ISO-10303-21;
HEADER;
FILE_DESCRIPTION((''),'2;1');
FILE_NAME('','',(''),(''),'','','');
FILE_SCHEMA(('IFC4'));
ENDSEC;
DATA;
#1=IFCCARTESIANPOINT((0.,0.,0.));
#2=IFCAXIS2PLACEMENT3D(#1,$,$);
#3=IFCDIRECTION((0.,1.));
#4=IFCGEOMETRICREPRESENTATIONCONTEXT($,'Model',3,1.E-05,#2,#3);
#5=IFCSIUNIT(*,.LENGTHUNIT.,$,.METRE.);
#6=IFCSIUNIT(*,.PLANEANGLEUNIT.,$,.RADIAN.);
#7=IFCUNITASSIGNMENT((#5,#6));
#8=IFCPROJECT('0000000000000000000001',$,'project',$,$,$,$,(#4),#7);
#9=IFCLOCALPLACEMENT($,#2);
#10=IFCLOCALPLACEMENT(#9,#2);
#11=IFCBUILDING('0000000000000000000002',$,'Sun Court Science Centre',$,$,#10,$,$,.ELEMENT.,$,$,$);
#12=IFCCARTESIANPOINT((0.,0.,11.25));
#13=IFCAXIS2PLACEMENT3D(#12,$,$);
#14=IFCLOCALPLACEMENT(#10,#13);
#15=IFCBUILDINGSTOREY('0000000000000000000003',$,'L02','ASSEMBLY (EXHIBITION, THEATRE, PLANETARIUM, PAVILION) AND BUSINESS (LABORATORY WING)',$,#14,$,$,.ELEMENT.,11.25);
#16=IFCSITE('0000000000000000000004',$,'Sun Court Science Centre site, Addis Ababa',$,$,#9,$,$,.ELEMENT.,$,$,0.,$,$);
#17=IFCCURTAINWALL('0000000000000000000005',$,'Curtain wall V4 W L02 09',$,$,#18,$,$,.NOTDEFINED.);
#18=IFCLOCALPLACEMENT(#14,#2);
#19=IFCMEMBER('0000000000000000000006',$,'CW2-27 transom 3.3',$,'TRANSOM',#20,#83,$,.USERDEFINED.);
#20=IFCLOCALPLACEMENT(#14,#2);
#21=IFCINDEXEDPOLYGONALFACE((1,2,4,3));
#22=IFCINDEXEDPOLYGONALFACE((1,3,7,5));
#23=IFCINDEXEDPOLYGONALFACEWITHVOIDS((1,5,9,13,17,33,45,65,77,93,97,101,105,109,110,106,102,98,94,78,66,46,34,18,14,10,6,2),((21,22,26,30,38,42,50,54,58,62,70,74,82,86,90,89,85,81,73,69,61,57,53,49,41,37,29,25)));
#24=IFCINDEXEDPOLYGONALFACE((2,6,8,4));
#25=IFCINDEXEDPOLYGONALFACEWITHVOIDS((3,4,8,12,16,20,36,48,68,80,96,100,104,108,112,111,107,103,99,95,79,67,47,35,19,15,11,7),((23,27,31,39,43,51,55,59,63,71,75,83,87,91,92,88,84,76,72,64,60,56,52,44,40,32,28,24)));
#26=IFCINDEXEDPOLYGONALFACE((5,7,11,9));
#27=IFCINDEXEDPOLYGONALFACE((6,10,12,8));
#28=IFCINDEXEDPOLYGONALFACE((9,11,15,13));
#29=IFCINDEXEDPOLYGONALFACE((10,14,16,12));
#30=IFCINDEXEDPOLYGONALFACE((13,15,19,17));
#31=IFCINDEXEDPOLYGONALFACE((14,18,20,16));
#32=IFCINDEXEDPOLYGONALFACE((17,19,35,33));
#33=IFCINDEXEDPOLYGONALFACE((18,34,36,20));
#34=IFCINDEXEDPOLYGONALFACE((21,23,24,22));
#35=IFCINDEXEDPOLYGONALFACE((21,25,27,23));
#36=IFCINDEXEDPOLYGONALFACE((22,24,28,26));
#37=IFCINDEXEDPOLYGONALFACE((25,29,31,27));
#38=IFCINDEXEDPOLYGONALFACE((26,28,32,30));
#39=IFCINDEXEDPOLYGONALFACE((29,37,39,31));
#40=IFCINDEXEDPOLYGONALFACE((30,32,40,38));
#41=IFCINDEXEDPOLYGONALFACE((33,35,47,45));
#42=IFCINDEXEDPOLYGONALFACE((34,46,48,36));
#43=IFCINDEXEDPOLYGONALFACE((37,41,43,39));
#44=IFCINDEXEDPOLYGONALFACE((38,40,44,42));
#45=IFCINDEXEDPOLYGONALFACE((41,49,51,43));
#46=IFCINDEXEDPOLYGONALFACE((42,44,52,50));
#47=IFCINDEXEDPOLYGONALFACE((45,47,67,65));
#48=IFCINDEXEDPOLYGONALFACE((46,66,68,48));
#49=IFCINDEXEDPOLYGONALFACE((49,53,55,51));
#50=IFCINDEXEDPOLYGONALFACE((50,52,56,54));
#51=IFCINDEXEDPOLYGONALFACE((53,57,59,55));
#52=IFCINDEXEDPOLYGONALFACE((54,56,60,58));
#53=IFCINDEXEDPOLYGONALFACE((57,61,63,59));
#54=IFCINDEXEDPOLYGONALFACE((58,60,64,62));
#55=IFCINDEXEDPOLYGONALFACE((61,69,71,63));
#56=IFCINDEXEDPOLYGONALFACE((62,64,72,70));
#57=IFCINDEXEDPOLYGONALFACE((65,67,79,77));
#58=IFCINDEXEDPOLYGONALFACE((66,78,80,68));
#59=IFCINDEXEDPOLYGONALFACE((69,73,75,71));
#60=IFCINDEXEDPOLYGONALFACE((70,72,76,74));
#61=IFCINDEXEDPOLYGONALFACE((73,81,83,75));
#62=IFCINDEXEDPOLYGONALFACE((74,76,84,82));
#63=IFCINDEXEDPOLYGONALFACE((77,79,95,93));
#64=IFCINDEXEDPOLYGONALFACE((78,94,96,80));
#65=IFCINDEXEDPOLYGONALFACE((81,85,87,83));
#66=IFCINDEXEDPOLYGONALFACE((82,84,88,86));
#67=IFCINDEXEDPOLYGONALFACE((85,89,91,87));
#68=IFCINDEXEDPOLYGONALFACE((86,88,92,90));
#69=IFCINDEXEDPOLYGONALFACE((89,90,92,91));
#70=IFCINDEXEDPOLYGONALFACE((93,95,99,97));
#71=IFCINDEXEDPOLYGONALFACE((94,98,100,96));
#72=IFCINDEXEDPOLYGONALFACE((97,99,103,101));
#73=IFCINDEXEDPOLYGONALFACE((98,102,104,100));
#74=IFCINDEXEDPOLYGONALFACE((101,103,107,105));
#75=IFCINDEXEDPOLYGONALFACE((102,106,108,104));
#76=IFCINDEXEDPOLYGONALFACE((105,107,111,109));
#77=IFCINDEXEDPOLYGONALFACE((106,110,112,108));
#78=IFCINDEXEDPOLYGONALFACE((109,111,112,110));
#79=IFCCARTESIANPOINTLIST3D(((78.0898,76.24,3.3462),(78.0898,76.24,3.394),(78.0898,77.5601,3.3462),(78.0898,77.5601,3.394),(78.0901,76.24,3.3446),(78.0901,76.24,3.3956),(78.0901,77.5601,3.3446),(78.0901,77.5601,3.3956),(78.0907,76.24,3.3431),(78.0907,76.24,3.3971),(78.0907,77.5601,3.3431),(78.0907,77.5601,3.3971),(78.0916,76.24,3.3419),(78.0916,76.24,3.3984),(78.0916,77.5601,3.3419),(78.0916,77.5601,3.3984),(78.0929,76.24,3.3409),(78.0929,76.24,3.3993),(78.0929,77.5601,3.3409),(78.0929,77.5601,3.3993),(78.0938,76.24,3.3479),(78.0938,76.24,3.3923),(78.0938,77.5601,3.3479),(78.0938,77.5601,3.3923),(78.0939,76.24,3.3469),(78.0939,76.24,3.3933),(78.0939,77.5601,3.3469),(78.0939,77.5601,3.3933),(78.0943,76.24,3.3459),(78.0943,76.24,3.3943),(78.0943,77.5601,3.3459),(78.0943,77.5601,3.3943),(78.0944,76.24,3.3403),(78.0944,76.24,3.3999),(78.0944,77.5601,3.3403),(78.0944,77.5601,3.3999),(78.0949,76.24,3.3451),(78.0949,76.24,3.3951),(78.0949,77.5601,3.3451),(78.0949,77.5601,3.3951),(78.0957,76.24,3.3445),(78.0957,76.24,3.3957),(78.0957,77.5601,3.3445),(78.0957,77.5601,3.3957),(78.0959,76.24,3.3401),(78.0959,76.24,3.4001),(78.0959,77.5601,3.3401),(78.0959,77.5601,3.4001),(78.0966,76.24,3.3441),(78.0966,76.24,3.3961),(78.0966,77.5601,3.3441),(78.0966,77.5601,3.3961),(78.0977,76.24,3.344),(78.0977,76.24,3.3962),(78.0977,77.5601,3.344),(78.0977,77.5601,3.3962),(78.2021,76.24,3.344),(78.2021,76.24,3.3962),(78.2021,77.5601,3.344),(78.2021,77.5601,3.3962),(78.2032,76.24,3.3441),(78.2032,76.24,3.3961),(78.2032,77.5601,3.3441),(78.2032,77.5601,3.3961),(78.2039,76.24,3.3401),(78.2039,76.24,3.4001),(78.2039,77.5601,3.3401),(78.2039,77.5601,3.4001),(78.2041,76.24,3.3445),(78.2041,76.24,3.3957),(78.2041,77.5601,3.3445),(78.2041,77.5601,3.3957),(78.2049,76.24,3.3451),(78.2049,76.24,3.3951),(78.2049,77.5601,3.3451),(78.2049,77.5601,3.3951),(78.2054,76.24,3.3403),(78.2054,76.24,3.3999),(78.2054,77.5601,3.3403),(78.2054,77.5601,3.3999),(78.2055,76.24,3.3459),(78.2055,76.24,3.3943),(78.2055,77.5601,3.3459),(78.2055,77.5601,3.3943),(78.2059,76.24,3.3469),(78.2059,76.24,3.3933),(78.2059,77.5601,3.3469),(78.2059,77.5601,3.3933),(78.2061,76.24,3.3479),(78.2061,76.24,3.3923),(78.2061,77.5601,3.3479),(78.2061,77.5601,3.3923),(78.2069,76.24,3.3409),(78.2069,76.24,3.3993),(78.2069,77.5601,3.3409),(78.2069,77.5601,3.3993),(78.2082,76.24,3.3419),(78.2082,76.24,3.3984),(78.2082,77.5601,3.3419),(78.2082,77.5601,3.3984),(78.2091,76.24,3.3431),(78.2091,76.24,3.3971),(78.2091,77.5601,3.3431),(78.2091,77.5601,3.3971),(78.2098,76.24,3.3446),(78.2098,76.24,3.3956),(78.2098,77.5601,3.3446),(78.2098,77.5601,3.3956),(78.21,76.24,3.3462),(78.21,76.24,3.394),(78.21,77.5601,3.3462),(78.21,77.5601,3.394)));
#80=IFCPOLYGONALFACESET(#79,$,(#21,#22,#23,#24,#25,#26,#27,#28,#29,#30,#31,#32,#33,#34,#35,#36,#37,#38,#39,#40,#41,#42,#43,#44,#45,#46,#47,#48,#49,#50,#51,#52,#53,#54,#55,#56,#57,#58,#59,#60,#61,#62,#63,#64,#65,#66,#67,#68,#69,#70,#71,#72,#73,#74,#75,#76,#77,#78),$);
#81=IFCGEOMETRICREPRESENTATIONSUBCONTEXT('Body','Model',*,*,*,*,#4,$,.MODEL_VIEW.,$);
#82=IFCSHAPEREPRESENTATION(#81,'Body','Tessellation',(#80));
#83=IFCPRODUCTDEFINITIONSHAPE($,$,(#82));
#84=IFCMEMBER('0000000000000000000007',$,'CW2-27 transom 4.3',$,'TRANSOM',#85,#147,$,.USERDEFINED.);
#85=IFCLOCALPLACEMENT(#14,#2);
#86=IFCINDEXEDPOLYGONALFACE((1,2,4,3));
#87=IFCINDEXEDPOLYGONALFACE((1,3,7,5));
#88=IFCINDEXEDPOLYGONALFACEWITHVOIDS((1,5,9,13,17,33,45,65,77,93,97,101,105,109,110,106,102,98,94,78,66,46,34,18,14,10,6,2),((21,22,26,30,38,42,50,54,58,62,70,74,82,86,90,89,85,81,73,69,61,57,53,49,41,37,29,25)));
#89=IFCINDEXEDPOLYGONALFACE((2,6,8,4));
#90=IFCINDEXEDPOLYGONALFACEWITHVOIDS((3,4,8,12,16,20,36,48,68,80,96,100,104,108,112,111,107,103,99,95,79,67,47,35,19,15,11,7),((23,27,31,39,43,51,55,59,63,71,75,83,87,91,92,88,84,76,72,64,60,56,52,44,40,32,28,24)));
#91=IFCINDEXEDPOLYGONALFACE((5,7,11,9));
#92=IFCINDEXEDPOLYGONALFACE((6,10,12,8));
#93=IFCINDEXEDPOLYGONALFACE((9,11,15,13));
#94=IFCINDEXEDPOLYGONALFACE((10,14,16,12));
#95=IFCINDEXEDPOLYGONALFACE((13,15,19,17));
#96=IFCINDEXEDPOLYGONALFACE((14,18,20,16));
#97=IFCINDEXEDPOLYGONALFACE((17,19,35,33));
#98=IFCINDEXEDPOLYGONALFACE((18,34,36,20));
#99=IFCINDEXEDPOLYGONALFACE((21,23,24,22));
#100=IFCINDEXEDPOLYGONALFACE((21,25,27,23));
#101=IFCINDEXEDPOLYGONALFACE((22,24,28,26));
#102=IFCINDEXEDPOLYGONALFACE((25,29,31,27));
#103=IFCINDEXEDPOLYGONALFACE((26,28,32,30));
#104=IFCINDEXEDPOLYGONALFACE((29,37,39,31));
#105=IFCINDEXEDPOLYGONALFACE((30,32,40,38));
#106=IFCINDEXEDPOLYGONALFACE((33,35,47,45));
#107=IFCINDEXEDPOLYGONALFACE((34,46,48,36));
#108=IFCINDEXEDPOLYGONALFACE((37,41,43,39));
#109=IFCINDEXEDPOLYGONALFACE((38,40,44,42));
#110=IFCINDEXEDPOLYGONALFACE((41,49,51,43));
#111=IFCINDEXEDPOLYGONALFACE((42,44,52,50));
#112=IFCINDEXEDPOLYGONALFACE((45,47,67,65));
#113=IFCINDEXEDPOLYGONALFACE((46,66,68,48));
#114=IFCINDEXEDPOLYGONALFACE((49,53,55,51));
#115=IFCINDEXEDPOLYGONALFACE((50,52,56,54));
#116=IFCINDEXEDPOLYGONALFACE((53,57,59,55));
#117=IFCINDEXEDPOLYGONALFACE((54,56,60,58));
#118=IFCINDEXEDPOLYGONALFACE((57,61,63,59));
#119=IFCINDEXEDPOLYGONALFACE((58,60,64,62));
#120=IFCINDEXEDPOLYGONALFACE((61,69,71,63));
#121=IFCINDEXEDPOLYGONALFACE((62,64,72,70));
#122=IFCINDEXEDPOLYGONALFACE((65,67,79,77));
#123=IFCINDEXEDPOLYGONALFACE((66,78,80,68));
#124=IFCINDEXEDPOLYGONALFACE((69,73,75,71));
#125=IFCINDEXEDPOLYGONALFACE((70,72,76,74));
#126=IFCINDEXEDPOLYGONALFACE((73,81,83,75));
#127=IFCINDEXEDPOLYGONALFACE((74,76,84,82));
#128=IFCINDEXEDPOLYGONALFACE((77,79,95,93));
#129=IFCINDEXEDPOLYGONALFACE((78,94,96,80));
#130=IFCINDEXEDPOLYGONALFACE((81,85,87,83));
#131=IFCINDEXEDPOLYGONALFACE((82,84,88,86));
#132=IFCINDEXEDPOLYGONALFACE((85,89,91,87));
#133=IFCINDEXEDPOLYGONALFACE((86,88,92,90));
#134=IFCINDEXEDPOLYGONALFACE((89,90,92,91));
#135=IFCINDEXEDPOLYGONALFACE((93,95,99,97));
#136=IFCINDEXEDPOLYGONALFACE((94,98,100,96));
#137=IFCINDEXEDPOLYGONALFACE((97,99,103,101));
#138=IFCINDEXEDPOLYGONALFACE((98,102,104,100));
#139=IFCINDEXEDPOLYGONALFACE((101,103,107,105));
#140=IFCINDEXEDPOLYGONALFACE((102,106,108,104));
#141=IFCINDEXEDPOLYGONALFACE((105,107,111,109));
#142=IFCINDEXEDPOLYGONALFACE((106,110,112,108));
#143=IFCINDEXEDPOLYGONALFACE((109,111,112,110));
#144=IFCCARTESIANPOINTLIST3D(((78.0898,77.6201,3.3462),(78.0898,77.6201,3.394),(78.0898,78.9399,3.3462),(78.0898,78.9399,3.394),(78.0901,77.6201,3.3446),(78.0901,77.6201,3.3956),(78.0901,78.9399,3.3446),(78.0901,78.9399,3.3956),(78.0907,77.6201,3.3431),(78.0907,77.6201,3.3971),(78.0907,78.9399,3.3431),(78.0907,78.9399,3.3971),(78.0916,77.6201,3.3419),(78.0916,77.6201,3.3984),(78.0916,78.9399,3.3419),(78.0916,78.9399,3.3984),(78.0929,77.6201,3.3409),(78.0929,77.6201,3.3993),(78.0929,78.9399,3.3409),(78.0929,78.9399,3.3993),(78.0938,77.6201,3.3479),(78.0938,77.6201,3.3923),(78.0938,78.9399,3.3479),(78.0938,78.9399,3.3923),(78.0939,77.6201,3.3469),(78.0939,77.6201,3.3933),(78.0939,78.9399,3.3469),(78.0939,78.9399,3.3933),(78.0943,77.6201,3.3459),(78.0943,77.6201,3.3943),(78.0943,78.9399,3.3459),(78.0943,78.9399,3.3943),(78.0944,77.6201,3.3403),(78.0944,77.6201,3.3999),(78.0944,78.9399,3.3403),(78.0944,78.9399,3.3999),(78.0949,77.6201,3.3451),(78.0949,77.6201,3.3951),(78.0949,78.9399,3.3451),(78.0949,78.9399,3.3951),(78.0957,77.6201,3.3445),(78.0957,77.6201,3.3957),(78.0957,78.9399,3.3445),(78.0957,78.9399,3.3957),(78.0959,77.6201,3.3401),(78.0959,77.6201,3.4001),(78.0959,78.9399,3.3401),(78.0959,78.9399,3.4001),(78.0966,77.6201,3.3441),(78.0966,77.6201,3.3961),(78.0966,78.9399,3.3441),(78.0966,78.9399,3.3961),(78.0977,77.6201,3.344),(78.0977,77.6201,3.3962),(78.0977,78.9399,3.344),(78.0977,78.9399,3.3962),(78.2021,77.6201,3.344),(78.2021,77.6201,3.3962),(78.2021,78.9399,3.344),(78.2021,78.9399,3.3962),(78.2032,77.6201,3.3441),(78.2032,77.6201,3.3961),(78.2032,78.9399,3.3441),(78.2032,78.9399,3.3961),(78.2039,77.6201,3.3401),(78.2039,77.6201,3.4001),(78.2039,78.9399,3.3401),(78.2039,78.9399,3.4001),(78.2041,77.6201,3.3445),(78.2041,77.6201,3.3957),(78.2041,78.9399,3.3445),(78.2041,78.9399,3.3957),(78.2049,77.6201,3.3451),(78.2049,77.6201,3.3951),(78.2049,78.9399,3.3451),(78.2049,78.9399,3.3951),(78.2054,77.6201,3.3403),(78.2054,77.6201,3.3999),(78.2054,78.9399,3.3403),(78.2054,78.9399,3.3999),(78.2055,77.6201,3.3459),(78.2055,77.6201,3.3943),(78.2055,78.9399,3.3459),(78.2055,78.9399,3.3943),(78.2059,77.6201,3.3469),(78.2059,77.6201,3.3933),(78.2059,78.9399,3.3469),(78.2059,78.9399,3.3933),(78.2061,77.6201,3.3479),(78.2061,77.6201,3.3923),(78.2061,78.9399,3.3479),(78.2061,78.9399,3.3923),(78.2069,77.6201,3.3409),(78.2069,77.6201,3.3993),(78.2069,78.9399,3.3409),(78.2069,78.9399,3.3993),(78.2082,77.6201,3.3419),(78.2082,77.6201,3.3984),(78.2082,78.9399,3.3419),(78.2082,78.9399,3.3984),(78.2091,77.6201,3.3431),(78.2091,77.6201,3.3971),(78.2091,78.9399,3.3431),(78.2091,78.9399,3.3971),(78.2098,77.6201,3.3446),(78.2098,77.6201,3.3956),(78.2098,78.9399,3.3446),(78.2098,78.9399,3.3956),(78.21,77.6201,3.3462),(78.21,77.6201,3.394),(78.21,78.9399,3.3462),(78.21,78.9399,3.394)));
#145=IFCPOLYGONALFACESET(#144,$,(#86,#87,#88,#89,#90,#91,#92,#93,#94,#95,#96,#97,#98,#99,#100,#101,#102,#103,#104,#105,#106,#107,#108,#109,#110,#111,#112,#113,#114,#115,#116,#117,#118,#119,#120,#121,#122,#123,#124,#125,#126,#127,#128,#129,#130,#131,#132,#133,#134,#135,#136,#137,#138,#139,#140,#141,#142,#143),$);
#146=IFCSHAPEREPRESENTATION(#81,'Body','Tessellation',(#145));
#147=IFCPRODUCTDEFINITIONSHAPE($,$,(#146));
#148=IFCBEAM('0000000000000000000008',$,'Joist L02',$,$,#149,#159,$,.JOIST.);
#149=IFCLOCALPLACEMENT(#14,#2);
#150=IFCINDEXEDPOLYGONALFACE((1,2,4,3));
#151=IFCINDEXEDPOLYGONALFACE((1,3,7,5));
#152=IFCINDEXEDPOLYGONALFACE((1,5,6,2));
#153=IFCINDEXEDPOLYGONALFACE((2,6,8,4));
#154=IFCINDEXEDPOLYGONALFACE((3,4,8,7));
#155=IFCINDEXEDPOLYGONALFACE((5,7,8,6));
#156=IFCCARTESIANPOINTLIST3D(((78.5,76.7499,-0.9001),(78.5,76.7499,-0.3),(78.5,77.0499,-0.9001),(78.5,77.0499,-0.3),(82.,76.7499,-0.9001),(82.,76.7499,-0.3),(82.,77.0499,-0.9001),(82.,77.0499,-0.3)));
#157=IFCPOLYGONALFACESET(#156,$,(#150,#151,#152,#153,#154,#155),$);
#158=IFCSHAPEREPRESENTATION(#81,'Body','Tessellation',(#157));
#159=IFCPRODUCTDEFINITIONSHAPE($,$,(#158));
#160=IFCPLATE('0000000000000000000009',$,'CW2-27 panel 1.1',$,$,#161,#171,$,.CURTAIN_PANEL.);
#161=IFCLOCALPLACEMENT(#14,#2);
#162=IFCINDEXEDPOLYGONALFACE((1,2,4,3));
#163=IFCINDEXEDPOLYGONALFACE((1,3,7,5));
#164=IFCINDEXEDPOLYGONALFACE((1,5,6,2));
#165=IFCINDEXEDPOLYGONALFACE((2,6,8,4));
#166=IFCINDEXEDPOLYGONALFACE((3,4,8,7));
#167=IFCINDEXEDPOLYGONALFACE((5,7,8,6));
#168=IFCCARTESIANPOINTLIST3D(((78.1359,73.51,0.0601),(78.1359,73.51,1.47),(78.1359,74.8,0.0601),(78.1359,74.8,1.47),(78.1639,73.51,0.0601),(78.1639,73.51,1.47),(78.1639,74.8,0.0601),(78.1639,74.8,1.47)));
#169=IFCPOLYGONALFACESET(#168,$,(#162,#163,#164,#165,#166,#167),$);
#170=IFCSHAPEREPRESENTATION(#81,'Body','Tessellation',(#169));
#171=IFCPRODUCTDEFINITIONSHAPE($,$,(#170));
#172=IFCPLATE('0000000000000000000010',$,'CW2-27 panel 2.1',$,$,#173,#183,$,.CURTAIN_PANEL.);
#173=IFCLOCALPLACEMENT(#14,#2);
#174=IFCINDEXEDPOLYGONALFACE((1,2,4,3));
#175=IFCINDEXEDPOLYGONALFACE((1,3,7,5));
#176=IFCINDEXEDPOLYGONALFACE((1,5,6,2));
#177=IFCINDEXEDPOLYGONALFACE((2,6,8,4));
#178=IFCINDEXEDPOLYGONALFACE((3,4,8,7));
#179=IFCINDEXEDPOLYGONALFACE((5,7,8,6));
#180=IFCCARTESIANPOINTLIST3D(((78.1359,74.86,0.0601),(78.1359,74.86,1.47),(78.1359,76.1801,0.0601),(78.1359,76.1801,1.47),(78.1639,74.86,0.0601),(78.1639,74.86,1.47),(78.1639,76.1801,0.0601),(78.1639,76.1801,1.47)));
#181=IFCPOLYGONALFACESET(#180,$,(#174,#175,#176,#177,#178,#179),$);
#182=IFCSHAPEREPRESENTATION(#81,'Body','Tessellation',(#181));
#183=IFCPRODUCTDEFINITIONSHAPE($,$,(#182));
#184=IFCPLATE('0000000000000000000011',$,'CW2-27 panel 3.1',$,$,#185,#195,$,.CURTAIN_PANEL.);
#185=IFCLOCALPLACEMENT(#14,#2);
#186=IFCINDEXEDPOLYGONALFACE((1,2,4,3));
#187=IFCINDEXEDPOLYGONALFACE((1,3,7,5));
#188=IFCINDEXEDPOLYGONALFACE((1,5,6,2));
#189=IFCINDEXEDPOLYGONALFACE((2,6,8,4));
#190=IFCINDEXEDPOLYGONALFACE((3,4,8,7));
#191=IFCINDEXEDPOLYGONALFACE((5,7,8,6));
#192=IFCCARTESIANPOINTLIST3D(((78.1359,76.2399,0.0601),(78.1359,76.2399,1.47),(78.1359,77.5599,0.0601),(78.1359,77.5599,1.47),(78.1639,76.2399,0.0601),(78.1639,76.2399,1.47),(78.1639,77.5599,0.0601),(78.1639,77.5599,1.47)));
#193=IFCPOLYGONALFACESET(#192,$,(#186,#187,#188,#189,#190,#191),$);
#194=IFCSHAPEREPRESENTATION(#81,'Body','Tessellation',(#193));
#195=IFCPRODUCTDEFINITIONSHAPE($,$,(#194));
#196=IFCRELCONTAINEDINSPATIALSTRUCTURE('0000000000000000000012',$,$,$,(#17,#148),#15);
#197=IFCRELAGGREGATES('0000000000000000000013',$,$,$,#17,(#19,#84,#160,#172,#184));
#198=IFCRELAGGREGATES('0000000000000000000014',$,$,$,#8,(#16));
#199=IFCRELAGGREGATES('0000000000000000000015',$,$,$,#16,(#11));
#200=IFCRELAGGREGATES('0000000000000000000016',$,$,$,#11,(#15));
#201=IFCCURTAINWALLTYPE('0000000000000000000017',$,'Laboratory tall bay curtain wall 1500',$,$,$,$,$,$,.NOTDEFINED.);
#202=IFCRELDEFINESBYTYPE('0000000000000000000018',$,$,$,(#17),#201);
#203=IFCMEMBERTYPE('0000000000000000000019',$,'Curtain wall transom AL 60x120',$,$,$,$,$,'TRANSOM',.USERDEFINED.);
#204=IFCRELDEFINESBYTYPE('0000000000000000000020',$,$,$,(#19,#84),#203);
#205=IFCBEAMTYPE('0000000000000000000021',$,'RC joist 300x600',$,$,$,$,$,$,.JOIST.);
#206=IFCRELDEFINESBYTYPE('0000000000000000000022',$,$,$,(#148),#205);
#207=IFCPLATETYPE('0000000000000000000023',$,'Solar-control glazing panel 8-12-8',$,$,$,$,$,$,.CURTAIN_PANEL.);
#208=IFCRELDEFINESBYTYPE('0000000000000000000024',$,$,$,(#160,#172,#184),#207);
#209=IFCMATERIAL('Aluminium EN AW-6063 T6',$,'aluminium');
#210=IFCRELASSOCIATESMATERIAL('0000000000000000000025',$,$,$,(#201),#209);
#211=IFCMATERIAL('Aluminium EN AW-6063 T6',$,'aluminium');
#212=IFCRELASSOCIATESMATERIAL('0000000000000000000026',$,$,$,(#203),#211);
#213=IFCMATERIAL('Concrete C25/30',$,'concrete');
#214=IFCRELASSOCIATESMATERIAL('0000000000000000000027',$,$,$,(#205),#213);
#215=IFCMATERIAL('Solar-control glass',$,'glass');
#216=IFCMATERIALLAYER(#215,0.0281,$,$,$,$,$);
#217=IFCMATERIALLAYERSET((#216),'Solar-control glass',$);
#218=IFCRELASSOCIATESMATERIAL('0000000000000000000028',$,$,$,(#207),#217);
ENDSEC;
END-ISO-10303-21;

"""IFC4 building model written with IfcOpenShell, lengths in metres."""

from ifc_helpers import new_model, si_unit, direction, frame, origin, origin_2d, place, context, subcontext, project, spatial, rectangle, hollow_rectangle, extrude, material, layer, layer_set, material_profile, profile_set, type_object, element, aggregate, save


model = new_model("IFC4")

# Units and contexts
model_context = context("Model", 3, precision=1e-05, world=origin(), true_north=direction((0.0, 1.0)))
body_context = subcontext(model_context, "Body", "Model", "MODEL_VIEW")
ifc_project = project(units=[si_unit("LENGTHUNIT", "METRE"), si_unit("PLANEANGLEUNIT", "RADIAN")], contexts=[model_context])

# Site, building, storey
site_placement = place(None, origin())
site = spatial("IfcSite", under=ifc_project, at=site_placement, Name="Sun Court Science Centre site, Addis Ababa", CompositionType="ELEMENT", RefElevation=0.0)
building_placement = place(site_placement, origin())
building = spatial("IfcBuilding", under=site, at=building_placement, Name="Sun Court Science Centre", CompositionType="ELEMENT")
storey_placement = place(building_placement, frame((0.0, 0.0, 11.25)))
storey = spatial("IfcBuildingStorey", under=building, at=storey_placement, Name="L02", Description="ASSEMBLY (EXHIBITION, THEATRE, PLANETARIUM, PAVILION) AND BUSINESS (LABORATORY WING)", CompositionType="ELEMENT", Elevation=11.25)

# Curtain wall, members
ifc_material_1 = material(Name="Aluminium EN AW-6063 T6", Category="aluminium")
curtain_wall_type = type_object("IfcCurtainWallType", Name="Laboratory tall bay curtain wall 1500", PredefinedType="NOTDEFINED", material=ifc_material_1)
curtain_wall_placement = place(storey_placement, origin())
curtain_wall = element("IfcCurtainWall", 1, at=curtain_wall_placement, inside=storey, type_object=curtain_wall_type, Name="Curtain wall V4 W L02 09", PredefinedType="NOTDEFINED")
ifc_material_2 = material(Name="Aluminium EN AW-6063 T6", Category="aluminium")
ifc_material_profile_1 = material_profile(ifc_material_2, hollow_rectangle(XDim=0.0601, YDim=0.1201, WallThickness=0.0039, InnerFilletRadius=0.0039, OuterFilletRadius=0.0061, at=origin_2d()), Name="AL 60x120x4")
ifc_profile_set_1 = profile_set([ifc_material_profile_1], Name="Aluminium EN AW-6063 T6")
member_type_1 = type_object("IfcMemberType", Name="Curtain wall transom AL 60x120", ElementType="TRANSOM", PredefinedType="USERDEFINED", material=ifc_profile_set_1)
member_1_placement = place(storey_placement, frame((78.1499, 76.24, 3.3701), z_axis=(0.0, 1.0, 0.0), x_axis=(0.0, 0.0, 1.0)))
member_1 = element("IfcMember", 2, at=member_1_placement, type_object=member_type_1, Name="CW2-27 transom 3.3", ObjectType="TRANSOM", PredefinedType="USERDEFINED", context=body_context, shape_type="SweptSolid", body=[
    extrude(hollow_rectangle(XDim=0.0601, YDim=0.1201, WallThickness=0.0039, InnerFilletRadius=0.0039, OuterFilletRadius=0.0061, at=origin_2d()), origin(), (0.0, 0.0, 1.0), 1.3201),
])
member_2_placement = place(storey_placement, frame((78.1499, 77.6201, 3.3701), z_axis=(0.0, 1.0, 0.0), x_axis=(0.0, 0.0, 1.0)))
member_2 = element("IfcMember", 3, at=member_2_placement, type_object=member_type_1, Name="CW2-27 transom 4.3", ObjectType="TRANSOM", PredefinedType="USERDEFINED", context=body_context, shape_type="SweptSolid", body=[
    extrude(hollow_rectangle(XDim=0.0601, YDim=0.1201, WallThickness=0.0039, InnerFilletRadius=0.0039, OuterFilletRadius=0.0061, at=origin_2d()), origin(), (0.0, 0.0, 1.0), 1.3198),
])

# Beam
ifc_material_3 = material(Name="Concrete C25/30", Category="concrete")
ifc_material_profile_2 = material_profile(ifc_material_3, rectangle(XDim=0.3, YDim=0.6001, at=origin_2d()), Name="RC 300x600")
ifc_profile_set_2 = profile_set([ifc_material_profile_2], Name="Concrete C25/30")
beam_type = type_object("IfcBeamType", Name="RC joist 300x600", PredefinedType="JOIST", material=ifc_profile_set_2)
beam_placement = place(storey_placement, frame((78.5, 76.8999, -0.6001), z_axis=(1.0, 0.0, 0.0), x_axis=(0.0, 1.0, 0.0)))
element("IfcBeam", 4, at=beam_placement, inside=storey, type_object=beam_type, Name="Joist L02", PredefinedType="JOIST", context=body_context, shape_type="SweptSolid", body=[
    extrude(rectangle(XDim=0.3, YDim=0.6001, at=origin_2d()), origin(), (0.0, 0.0, 1.0), 3.5),
])

# Plates
ifc_material_4 = material(Name="Solar-control glass", Category="glass")
ifc_layer_1 = layer(ifc_material_4, 0.0281)
ifc_layer_set_1 = layer_set([ifc_layer_1], Name="Solar-control glass")
plate_type = type_object("IfcPlateType", Name="Solar-control glazing panel 8-12-8", PredefinedType="CURTAIN_PANEL", material=ifc_layer_set_1)
plate_1_placement = place(storey_placement, frame((78.1499, 74.155, 0.0601), z_axis=(0.0, 0.0, 1.0), x_axis=(0.0, 1.0, 0.0)))
plate_1 = element("IfcPlate", 5, at=plate_1_placement, type_object=plate_type, Name="CW2-27 panel 1.1", PredefinedType="CURTAIN_PANEL", context=body_context, shape_type="SweptSolid", body=[
    extrude(rectangle(XDim=1.29, YDim=0.0281, at=origin_2d()), origin(), (0.0, 0.0, 1.0), 1.4099),
])
plate_2_placement = place(storey_placement, frame((78.1499, 75.52, 0.0601), z_axis=(0.0, 0.0, 1.0), x_axis=(0.0, 1.0, 0.0)))
plate_2 = element("IfcPlate", 6, at=plate_2_placement, type_object=plate_type, Name="CW2-27 panel 2.1", PredefinedType="CURTAIN_PANEL", context=body_context, shape_type="SweptSolid", body=[
    extrude(rectangle(XDim=1.3201, YDim=0.0281, at=origin_2d()), origin(), (0.0, 0.0, 1.0), 1.4099),
])
plate_3_placement = place(storey_placement, frame((78.1499, 76.8999, 0.0601), z_axis=(0.0, 0.0, 1.0), x_axis=(0.0, 1.0, 0.0)))
plate_3 = element("IfcPlate", 7, at=plate_3_placement, type_object=plate_type, Name="CW2-27 panel 3.1", PredefinedType="CURTAIN_PANEL", context=body_context, shape_type="SweptSolid", body=[
    extrude(rectangle(XDim=1.3201, YDim=0.0281, at=origin_2d()), origin(), (0.0, 0.0, 1.0), 1.4099),
])
aggregate(curtain_wall, [member_1, member_2, plate_1, plate_2, plate_3])

save(model, "model.ifc")
